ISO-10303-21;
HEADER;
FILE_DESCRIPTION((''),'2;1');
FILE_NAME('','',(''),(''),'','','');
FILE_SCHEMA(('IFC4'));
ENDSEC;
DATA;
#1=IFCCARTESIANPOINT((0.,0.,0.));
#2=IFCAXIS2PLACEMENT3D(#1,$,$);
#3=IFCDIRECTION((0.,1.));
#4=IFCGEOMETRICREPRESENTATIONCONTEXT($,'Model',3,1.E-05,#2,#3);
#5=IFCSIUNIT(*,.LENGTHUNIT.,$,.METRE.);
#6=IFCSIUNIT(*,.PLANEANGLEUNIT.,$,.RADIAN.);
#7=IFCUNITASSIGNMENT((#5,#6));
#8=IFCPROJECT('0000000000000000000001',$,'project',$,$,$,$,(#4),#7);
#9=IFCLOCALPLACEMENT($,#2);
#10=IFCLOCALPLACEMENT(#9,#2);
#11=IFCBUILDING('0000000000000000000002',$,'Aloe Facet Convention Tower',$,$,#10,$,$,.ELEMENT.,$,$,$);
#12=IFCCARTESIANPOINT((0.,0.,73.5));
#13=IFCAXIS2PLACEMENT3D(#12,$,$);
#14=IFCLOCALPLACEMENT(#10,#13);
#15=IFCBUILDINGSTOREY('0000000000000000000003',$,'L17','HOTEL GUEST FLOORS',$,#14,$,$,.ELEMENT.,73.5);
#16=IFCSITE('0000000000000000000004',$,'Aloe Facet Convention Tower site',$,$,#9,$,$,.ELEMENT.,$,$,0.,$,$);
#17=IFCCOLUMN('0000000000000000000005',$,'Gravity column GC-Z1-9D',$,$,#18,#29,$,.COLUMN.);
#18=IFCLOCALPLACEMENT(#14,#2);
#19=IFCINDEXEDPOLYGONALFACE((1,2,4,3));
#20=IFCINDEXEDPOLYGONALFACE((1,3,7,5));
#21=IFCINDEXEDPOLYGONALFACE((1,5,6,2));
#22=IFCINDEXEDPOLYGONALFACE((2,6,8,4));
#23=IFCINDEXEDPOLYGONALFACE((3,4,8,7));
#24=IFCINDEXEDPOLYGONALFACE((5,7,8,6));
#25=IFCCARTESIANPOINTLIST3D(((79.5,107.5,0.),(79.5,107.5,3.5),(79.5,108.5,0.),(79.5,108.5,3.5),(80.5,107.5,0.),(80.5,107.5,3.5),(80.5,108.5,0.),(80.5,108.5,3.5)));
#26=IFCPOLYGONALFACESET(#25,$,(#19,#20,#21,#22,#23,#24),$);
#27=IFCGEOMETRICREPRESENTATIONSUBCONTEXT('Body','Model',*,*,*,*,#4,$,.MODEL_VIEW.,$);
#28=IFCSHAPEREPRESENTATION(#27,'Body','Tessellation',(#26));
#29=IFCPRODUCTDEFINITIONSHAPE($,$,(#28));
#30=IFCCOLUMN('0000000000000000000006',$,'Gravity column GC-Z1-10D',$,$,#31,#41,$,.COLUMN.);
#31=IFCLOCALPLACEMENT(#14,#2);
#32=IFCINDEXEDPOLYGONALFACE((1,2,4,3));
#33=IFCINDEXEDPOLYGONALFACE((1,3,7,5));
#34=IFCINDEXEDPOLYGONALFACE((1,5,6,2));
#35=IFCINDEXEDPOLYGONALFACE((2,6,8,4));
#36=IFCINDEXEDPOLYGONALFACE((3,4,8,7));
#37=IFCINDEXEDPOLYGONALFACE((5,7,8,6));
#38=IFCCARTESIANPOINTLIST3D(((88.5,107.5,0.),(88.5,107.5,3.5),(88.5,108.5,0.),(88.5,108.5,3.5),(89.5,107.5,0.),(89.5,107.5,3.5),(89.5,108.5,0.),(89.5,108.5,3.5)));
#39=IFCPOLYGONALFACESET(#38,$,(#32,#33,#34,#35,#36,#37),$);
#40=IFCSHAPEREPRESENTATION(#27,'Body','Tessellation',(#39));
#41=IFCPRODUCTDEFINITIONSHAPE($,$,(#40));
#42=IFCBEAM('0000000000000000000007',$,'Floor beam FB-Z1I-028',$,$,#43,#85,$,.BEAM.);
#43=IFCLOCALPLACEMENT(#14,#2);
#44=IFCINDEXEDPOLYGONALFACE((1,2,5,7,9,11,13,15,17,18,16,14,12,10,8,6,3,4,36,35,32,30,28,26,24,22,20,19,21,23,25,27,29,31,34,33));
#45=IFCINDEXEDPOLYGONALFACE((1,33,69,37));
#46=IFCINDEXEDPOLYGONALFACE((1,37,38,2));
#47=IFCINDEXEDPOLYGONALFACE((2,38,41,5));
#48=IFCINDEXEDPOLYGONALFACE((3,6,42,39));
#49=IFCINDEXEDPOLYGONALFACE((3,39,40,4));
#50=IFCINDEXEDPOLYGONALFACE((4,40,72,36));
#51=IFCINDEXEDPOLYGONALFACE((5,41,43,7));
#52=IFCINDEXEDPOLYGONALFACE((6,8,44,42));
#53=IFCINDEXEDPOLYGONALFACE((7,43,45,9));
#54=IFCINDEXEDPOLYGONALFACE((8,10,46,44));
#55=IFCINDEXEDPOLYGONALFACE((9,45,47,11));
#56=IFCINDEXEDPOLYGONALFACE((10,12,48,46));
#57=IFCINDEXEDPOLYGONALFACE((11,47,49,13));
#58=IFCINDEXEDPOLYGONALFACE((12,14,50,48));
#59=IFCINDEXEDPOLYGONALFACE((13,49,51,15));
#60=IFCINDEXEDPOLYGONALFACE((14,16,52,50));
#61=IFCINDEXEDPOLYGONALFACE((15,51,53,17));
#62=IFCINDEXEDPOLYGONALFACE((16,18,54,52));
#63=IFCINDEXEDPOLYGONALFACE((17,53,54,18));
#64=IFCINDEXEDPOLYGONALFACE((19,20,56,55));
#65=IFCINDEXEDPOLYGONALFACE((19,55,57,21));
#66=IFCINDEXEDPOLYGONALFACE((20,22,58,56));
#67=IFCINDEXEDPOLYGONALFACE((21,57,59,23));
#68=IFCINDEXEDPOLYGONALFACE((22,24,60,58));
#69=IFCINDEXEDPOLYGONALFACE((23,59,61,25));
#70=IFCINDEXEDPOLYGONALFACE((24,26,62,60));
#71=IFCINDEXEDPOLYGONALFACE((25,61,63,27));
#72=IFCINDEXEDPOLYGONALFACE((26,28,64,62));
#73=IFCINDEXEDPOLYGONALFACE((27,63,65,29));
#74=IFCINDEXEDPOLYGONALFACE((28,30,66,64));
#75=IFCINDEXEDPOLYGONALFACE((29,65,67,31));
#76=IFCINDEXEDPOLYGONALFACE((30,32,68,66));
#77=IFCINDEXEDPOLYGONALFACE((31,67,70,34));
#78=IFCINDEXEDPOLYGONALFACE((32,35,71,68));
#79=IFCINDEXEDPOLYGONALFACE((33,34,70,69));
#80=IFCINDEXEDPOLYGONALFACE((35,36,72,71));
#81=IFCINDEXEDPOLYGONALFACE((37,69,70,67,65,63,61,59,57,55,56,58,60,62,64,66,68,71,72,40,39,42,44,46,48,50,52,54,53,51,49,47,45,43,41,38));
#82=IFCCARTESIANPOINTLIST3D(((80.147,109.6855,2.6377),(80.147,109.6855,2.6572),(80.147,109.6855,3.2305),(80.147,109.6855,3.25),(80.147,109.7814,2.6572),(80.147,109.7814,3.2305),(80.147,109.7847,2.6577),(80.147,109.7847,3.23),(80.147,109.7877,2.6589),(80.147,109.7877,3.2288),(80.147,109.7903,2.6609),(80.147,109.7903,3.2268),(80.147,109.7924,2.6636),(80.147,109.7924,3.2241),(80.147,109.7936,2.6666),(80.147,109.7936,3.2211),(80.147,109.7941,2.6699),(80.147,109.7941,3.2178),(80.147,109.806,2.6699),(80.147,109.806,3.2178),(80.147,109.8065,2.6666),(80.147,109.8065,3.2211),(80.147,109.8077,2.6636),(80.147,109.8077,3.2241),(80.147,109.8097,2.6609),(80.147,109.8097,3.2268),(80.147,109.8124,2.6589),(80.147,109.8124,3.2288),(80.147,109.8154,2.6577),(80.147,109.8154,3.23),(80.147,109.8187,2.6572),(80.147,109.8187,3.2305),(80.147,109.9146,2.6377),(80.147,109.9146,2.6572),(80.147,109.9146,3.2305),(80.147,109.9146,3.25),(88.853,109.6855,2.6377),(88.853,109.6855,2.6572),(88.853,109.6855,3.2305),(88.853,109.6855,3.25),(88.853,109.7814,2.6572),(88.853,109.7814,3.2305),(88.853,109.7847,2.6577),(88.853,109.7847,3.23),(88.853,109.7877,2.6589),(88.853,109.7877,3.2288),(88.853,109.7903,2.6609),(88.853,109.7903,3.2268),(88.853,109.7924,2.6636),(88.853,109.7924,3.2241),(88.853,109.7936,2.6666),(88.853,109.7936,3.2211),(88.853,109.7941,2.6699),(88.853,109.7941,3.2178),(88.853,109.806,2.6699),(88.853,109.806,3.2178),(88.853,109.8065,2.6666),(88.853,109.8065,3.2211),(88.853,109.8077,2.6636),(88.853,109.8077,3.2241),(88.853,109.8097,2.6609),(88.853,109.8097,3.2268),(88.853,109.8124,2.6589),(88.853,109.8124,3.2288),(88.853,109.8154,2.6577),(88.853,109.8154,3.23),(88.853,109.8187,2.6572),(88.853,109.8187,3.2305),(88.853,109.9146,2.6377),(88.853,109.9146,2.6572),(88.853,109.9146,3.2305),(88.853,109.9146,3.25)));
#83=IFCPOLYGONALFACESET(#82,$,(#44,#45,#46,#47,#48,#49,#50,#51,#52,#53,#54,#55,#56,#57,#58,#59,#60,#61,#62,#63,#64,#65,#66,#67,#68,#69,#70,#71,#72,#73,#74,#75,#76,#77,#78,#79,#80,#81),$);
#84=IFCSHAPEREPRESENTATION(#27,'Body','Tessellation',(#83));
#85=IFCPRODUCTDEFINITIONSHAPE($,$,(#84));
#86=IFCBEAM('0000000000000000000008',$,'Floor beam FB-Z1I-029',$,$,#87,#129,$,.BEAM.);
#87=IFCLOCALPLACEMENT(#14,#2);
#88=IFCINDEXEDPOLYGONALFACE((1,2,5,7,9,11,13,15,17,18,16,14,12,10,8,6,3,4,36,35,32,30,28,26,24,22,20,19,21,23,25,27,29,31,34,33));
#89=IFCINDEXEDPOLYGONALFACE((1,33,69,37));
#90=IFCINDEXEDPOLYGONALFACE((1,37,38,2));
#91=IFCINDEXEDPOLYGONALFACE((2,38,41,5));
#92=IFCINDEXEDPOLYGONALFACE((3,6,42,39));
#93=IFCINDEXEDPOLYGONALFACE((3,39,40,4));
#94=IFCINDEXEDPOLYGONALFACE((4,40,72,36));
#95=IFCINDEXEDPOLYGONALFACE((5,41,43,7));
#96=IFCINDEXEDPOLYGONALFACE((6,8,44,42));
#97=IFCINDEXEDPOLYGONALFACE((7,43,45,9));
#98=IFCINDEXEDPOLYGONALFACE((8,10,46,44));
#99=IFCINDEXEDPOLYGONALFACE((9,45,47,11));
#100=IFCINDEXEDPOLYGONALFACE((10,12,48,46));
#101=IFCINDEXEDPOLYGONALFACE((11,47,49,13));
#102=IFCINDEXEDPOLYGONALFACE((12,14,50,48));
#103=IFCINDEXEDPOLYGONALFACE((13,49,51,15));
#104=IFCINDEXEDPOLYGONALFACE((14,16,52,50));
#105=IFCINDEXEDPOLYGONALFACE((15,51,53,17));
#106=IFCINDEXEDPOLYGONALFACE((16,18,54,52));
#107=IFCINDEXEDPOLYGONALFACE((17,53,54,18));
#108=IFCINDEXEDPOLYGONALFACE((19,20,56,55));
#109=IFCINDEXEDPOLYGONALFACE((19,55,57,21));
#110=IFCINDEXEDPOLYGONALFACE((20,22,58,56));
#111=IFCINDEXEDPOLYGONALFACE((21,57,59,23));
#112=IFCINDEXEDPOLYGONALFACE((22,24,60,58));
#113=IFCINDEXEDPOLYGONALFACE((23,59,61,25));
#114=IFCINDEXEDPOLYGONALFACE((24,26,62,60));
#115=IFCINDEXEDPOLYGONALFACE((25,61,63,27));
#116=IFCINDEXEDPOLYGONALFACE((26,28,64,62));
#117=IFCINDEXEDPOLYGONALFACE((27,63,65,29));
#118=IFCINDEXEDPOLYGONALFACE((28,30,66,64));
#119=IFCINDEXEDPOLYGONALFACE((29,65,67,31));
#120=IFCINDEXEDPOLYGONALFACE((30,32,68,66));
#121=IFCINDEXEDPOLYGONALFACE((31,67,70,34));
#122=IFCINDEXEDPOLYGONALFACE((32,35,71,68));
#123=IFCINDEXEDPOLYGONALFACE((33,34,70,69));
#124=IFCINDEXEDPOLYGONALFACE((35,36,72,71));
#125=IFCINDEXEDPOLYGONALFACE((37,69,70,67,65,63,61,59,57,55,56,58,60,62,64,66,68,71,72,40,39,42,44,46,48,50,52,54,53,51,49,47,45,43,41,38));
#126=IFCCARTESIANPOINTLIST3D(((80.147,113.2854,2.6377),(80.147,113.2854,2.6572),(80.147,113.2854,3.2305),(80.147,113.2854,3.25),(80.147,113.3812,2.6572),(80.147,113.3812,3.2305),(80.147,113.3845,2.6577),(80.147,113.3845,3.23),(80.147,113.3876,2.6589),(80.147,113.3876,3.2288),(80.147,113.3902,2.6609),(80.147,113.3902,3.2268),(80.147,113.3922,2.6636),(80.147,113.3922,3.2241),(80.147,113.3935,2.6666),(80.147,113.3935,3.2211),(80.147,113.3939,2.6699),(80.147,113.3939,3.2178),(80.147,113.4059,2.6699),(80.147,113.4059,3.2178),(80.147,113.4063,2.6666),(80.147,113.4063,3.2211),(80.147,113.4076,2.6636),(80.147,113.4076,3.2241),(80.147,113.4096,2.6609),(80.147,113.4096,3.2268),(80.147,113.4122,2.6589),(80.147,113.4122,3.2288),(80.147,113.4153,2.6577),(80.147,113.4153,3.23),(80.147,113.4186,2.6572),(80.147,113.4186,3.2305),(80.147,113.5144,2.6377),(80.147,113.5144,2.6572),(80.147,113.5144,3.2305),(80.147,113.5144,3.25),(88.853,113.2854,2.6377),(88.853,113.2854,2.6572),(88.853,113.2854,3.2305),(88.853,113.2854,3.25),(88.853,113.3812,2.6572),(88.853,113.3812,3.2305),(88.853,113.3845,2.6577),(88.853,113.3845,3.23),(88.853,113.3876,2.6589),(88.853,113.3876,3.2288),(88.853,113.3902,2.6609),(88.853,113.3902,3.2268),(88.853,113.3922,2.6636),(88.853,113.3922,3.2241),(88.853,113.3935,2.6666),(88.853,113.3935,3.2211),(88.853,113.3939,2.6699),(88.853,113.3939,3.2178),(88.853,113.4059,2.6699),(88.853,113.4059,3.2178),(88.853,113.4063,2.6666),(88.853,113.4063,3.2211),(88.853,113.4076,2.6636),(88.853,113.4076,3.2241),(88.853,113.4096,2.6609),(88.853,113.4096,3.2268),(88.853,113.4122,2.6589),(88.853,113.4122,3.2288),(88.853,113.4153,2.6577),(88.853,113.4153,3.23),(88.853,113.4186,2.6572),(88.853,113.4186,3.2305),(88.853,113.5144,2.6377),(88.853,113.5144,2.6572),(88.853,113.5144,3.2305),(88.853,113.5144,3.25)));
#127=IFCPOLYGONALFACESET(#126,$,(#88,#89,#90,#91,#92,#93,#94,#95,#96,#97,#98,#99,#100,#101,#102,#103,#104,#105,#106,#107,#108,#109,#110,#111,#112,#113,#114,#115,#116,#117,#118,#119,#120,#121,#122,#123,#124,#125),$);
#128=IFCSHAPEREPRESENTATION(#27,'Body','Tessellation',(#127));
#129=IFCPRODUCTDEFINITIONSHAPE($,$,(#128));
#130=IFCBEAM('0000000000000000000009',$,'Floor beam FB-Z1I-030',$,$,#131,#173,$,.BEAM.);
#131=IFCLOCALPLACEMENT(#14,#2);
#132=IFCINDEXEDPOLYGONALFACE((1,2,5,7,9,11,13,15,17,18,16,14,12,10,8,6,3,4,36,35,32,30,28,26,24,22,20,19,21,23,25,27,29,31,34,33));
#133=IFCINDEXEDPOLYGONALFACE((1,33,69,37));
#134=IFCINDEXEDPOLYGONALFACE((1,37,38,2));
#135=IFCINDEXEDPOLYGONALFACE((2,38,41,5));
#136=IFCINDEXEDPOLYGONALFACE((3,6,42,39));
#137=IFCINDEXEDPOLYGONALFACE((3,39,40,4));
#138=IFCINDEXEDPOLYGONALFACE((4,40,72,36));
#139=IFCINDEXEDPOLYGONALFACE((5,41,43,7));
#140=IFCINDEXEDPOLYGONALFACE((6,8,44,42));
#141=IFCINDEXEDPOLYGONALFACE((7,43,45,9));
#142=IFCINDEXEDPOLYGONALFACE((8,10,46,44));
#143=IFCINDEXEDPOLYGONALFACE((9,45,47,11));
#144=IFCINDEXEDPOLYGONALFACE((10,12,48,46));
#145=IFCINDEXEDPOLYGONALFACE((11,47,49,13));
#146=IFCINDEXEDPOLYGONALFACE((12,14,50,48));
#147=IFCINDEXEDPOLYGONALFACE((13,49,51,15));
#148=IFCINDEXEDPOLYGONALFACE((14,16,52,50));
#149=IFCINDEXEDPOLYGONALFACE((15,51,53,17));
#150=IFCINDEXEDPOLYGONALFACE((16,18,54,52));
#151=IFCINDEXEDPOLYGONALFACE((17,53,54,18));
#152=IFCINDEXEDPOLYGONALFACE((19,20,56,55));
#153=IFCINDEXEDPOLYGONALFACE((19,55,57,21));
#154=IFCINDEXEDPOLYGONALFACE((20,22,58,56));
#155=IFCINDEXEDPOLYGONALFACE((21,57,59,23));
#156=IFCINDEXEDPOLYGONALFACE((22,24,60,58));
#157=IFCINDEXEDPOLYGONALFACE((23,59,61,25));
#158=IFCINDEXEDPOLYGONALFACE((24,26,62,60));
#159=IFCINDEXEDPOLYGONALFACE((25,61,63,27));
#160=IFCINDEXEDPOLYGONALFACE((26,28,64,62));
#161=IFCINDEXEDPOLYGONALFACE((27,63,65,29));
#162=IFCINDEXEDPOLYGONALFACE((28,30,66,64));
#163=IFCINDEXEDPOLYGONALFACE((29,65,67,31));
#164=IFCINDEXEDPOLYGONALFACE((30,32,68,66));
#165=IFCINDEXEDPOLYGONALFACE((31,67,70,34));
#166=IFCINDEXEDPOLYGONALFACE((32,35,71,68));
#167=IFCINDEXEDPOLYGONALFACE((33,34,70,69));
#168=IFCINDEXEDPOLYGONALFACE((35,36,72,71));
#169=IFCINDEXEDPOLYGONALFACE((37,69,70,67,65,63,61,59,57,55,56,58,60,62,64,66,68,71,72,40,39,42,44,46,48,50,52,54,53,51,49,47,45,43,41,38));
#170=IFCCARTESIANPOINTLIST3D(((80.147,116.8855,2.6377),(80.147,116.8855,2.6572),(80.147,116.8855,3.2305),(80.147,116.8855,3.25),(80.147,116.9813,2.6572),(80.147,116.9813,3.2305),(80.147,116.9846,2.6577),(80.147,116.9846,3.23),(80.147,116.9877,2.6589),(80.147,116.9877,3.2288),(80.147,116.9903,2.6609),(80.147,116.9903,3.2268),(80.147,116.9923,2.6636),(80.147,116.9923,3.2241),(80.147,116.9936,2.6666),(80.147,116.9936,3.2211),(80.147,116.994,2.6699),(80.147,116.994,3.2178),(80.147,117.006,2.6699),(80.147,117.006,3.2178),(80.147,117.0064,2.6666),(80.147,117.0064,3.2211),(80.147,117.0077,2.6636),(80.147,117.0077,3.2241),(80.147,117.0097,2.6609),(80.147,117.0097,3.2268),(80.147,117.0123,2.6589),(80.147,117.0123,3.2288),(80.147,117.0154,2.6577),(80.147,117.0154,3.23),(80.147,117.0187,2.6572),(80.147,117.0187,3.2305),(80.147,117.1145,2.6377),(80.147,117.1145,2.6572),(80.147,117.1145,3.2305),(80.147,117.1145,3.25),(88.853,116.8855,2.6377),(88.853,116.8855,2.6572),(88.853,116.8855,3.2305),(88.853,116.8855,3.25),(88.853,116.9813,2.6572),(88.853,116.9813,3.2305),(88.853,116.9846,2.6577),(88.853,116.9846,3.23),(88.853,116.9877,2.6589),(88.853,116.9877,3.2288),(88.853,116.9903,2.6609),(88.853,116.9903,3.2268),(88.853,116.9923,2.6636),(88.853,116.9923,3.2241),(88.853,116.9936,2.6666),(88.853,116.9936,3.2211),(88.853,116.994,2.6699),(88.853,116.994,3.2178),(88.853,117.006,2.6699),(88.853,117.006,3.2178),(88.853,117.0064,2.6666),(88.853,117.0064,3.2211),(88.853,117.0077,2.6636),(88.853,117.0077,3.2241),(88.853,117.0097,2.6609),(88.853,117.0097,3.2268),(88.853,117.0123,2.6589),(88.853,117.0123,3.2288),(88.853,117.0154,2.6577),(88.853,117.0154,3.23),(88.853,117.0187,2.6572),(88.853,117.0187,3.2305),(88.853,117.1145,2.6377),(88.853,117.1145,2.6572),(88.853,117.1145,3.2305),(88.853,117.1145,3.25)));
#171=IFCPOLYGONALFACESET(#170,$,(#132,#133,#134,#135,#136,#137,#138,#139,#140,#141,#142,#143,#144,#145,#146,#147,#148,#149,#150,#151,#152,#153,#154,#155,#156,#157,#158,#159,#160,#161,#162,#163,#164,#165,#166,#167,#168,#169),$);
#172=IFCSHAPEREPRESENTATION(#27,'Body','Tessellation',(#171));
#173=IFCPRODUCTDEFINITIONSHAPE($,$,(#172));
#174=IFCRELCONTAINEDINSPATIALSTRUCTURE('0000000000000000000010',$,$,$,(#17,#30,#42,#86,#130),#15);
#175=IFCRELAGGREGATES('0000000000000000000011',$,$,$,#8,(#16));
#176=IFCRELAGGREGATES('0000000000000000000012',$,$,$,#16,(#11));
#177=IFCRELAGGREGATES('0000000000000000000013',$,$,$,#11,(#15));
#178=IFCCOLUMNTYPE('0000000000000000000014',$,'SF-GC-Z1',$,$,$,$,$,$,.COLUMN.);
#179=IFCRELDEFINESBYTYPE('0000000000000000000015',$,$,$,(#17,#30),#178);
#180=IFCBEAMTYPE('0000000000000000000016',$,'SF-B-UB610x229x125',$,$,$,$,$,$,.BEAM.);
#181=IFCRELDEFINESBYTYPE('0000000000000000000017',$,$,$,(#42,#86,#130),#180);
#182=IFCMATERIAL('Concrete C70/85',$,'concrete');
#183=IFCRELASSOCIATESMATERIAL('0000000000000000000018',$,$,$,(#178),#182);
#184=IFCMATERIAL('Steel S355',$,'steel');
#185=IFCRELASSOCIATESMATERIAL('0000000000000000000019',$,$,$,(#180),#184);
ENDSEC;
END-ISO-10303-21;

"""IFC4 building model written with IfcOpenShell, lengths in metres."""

from ifc_helpers import new_model, si_unit, direction, frame, origin, origin_2d, place, context, subcontext, project, spatial, rectangle, i_section, extrude, material, material_profile, profile_set, type_object, element, save


model = new_model("IFC4")

# Units and contexts
model_context = context("Model", 3, precision=1e-05, world=origin(), true_north=direction((0.0, 1.0)))
body_context = subcontext(model_context, "Body", "Model", "MODEL_VIEW")
ifc_project = project(units=[si_unit("LENGTHUNIT", "METRE"), si_unit("PLANEANGLEUNIT", "RADIAN")], contexts=[model_context])

# Site, building, storey
site_placement = place(None, origin())
site = spatial("IfcSite", under=ifc_project, at=site_placement, Name="Aloe Facet Convention Tower site", CompositionType="ELEMENT", RefElevation=0.0)
building_placement = place(site_placement, origin())
building = spatial("IfcBuilding", under=site, at=building_placement, Name="Aloe Facet Convention Tower", CompositionType="ELEMENT")
storey_placement = place(building_placement, frame((0.0, 0.0, 73.5)))
storey = spatial("IfcBuildingStorey", under=building, at=storey_placement, Name="L17", Description="HOTEL GUEST FLOORS", CompositionType="ELEMENT", Elevation=73.5)

# Columns
ifc_material_1 = material(Name="Concrete C70/85", Category="concrete")
ifc_material_profile_1 = material_profile(ifc_material_1, rectangle(XDim=1.0, YDim=1.0, at=origin_2d()), Name="SF-GC-Z1")
ifc_profile_set_1 = profile_set([ifc_material_profile_1], Name="Concrete C70/85")
column_type = type_object("IfcColumnType", Name="SF-GC-Z1", PredefinedType="COLUMN", material=ifc_profile_set_1)
for number, where, z_axis, x_axis, name in (
    (1, (80.0, 108.0, 0.0), (0.0, 0.0, 1.0), (1.0, 0.0, 0.0), "Gravity column GC-Z1-9D"),
    (2, (89.0, 108.0, 0.0), (0.0, 0.0, 1.0), (1.0, 0.0, 0.0), "Gravity column GC-Z1-10D"),
):
    element("IfcColumn", number, at=place(storey_placement, frame(where, z_axis=z_axis, x_axis=x_axis)), inside=storey, type_object=column_type, Name=name, PredefinedType="COLUMN", context=body_context, shape_type="SweptSolid", body=[
        extrude(rectangle(XDim=1.0, YDim=1.0, at=origin_2d()), origin(), (0.0, 0.0, 1.0), 3.5),
    ])

# Beams
ifc_material_2 = material(Name="Steel S355", Category="steel")
ifc_material_profile_2 = material_profile(ifc_material_2, i_section(OverallWidth=0.229, OverallDepth=0.6123, WebThickness=0.012, FlangeThickness=0.0195, FilletRadius=0.0127, at=origin_2d()), Name="UB 610x229x125")
ifc_profile_set_2 = profile_set([ifc_material_profile_2], Name="Steel S355")
beam_type_1 = type_object("IfcBeamType", Name="SF-B-UB610x229x125", PredefinedType="BEAM", material=ifc_profile_set_2)
for number, where, z_axis, x_axis, name in (
    (3, (80.147, 109.8, 2.9438), (1.0, 0.0, 0.0), (0.0, 1.0, 0.0), "Floor beam FB-Z1I-028"),
    (4, (80.147, 113.3999, 2.9438), (1.0, 0.0, 0.0), (0.0, 1.0, 0.0), "Floor beam FB-Z1I-029"),
    (5, (80.147, 117.0, 2.9438), (1.0, 0.0, 0.0), (0.0, 1.0, 0.0), "Floor beam FB-Z1I-030"),
):
    element("IfcBeam", number, at=place(storey_placement, frame(where, z_axis=z_axis, x_axis=x_axis)), inside=storey, type_object=beam_type_1, Name=name, PredefinedType="BEAM", context=body_context, shape_type="SweptSolid", body=[
        extrude(i_section(OverallWidth=0.229, OverallDepth=0.6123, WebThickness=0.012, FlangeThickness=0.0195, FilletRadius=0.0127, at=origin_2d()), origin(), (0.0, 0.0, 1.0), 8.7061),
    ])

save(model, "model.ifc")
